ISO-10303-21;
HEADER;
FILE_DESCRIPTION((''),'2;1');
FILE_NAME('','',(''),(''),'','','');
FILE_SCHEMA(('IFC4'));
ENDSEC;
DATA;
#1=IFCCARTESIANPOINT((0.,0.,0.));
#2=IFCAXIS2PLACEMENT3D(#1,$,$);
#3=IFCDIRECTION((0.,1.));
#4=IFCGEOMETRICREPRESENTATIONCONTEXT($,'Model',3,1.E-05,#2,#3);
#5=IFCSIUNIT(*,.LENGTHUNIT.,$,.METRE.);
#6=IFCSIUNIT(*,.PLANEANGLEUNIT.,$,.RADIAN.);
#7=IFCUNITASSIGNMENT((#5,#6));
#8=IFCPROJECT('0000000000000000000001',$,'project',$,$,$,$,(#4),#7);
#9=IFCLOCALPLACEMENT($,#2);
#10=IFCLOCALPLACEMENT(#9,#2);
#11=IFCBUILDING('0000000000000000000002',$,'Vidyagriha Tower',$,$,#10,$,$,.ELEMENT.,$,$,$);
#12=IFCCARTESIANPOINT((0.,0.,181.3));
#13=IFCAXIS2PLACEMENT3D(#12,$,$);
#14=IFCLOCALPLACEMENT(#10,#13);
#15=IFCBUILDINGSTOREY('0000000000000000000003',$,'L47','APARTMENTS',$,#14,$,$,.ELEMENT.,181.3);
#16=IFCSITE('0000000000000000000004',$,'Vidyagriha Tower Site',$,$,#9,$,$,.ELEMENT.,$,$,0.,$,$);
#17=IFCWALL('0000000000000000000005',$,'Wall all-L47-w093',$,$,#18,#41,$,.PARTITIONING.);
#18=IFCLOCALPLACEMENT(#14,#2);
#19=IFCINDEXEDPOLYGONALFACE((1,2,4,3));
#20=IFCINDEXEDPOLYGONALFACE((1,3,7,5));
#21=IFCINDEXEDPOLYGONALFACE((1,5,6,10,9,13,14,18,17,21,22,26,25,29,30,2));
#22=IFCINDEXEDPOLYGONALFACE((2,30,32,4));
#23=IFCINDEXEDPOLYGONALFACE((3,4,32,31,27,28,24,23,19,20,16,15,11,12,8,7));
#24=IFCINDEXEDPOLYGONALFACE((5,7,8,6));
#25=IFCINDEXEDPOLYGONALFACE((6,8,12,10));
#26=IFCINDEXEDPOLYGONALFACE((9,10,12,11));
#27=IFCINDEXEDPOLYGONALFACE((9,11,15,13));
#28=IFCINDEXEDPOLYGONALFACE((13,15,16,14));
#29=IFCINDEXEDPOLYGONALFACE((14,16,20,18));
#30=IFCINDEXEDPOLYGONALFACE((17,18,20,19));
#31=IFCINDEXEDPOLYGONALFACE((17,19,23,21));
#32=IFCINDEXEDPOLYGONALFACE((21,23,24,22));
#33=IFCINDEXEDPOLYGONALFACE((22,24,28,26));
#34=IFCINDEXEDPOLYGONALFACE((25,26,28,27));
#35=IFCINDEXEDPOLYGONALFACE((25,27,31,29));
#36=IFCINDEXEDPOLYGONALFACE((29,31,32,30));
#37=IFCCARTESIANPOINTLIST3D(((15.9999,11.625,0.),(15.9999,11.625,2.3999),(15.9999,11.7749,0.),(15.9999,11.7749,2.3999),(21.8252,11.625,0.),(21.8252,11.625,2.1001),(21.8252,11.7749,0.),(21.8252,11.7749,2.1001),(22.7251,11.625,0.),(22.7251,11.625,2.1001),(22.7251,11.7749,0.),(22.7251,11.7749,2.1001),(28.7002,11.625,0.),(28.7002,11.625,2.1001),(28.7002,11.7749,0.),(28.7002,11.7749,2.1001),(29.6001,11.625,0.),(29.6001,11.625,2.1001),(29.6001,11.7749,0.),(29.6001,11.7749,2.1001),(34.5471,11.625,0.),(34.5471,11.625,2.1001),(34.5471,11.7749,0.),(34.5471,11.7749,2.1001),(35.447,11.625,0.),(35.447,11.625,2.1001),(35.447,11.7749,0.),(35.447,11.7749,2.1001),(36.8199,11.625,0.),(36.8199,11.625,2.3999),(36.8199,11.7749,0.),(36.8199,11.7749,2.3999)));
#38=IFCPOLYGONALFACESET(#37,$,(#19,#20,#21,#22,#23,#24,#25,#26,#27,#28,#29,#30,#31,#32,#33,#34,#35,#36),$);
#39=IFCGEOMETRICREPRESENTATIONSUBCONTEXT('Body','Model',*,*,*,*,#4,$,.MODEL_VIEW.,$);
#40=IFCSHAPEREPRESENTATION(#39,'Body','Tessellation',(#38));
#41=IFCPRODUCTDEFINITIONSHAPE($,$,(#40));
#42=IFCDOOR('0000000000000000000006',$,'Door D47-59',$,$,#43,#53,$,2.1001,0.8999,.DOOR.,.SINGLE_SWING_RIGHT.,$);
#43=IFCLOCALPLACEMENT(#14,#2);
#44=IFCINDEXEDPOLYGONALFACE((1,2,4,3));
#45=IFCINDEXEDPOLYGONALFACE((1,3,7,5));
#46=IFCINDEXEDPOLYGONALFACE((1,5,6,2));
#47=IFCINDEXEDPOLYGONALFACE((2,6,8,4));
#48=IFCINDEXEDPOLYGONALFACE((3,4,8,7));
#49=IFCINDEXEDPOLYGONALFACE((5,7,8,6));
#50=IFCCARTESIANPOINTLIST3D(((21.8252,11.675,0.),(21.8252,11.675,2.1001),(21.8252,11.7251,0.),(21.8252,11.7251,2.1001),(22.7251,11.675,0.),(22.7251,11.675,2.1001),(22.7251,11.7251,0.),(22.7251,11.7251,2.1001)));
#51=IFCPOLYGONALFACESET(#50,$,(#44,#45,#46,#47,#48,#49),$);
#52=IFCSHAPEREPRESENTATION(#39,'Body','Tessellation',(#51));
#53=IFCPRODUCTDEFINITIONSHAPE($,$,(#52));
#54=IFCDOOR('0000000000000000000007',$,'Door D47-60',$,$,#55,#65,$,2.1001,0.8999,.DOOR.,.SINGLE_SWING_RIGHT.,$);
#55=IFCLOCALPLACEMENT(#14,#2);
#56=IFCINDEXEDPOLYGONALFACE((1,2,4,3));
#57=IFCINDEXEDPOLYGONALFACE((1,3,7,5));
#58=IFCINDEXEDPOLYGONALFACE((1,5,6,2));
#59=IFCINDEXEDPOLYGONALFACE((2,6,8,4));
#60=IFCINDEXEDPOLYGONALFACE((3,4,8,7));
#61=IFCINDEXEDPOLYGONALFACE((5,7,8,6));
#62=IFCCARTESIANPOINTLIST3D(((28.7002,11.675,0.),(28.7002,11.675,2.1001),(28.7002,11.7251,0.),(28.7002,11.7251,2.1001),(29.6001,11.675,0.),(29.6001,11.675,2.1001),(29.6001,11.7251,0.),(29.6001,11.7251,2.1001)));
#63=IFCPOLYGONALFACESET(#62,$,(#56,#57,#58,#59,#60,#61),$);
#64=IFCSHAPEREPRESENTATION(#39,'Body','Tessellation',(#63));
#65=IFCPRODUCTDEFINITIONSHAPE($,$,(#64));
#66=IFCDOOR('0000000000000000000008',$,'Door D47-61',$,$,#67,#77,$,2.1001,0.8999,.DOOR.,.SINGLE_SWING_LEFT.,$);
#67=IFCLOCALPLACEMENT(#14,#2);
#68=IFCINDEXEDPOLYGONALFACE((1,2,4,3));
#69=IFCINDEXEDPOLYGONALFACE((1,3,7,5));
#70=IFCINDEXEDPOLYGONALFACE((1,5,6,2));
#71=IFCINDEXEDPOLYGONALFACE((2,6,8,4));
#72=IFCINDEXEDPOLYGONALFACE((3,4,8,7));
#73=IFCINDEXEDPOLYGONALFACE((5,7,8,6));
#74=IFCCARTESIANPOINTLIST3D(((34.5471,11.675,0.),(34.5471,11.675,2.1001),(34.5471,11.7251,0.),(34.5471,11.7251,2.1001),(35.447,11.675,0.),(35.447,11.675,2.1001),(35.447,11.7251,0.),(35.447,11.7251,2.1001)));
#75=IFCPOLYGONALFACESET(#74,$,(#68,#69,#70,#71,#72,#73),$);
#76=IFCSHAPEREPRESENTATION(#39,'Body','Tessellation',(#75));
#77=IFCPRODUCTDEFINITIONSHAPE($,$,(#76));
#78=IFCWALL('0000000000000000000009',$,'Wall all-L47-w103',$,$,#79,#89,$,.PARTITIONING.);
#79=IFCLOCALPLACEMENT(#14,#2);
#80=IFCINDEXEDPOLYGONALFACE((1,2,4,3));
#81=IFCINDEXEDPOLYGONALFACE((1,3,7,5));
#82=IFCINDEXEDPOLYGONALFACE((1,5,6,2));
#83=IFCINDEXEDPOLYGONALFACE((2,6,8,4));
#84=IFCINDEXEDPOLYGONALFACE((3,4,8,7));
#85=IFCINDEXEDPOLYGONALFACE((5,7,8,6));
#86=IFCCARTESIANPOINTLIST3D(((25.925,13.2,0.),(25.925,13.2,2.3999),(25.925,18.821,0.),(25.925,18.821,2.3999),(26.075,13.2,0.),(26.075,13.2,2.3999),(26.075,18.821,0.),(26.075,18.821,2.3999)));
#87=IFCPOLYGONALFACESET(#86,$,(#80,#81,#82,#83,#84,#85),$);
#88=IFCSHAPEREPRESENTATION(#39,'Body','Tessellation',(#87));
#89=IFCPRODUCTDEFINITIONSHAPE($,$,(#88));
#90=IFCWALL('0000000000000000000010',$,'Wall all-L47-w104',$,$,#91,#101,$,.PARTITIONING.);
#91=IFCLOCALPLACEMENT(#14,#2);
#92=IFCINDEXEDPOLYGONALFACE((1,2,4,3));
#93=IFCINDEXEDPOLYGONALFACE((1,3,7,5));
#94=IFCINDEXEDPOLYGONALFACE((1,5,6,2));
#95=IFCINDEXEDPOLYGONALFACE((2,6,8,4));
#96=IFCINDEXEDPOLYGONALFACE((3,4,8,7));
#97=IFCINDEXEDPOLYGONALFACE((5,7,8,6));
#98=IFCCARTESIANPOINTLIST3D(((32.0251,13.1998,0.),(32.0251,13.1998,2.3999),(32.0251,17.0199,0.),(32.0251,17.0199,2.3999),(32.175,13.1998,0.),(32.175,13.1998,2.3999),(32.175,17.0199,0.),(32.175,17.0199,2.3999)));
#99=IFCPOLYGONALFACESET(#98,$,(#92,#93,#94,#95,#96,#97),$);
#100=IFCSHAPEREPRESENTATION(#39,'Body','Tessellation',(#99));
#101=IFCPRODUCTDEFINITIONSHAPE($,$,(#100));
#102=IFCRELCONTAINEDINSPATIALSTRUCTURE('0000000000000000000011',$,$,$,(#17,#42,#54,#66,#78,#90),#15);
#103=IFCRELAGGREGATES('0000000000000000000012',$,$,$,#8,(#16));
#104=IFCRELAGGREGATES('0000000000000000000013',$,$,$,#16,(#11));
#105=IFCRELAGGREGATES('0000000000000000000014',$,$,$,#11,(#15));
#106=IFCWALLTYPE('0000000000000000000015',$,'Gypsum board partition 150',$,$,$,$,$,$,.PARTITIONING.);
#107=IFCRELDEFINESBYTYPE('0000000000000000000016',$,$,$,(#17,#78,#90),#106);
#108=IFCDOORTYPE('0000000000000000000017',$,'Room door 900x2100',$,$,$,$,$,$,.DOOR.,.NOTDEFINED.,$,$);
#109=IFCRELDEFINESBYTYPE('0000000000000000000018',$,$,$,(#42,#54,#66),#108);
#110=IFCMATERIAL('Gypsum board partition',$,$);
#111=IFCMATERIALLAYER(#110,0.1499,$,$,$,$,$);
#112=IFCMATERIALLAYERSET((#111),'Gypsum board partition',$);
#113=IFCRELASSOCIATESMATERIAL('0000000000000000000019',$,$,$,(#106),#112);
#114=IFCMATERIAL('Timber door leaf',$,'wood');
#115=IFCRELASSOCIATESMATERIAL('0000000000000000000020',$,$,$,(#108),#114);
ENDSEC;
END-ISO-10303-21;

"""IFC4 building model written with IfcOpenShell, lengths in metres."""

from ifc_helpers import new_model, si_unit, direction, frame, frame_2d, origin, place, context, subcontext, project, spatial, rectangle, extrude, material, layer, layer_set, type_object, element, fill, save


model = new_model("IFC4")

# Units and contexts
model_context = context("Model", 3, precision=1e-05, world=origin(), true_north=direction((0.0, 1.0)))
body_context = subcontext(model_context, "Body", "Model", "MODEL_VIEW")
ifc_project = project(units=[si_unit("LENGTHUNIT", "METRE"), si_unit("PLANEANGLEUNIT", "RADIAN")], contexts=[model_context])

# Site, building, storey
site_placement = place(None, origin())
site = spatial("IfcSite", under=ifc_project, at=site_placement, Name="Vidyagriha Tower Site", CompositionType="ELEMENT", RefElevation=0.0)
building_placement = place(site_placement, origin())
building = spatial("IfcBuilding", under=site, at=building_placement, Name="Vidyagriha Tower", CompositionType="ELEMENT")
storey_placement = place(building_placement, frame((0.0, 0.0, 181.3)))
storey = spatial("IfcBuildingStorey", under=building, at=storey_placement, Name="L47", Description="APARTMENTS", CompositionType="ELEMENT", Elevation=181.3)

# Shared definitions
ifc_material_1 = material(Name="Gypsum board partition")
ifc_layer_1 = layer(ifc_material_1, 0.1499)
ifc_layer_set_1 = layer_set([ifc_layer_1], Name="Gypsum board partition")
wall_type_1 = type_object("IfcWallType", Name="Gypsum board partition 150", PredefinedType="PARTITIONING", material=ifc_layer_set_1)

# Wall, openings, doors
wall_1_placement = place(storey_placement, frame((36.8201, 11.7, 0.0), z_axis=(0.0, 0.0, 1.0), x_axis=(-1.0, 0.0, 0.0)))
wall_1 = element("IfcWall", 1, at=wall_1_placement, inside=storey, type_object=wall_type_1, Name="Wall all-L47-w093", PredefinedType="PARTITIONING", context=body_context, shape_type="SweptSolid", body=[
    extrude(rectangle(XDim=20.8201, YDim=0.1499, at=frame_2d((10.4102, 0.0))), origin(), (0.0, 0.0, 1.0), 2.3999),
])
opening_1_placement = place(wall_1_placement, frame((14.095, 0.0, 0.0)))
opening_1 = element("IfcOpeningElement", 2, at=opening_1_placement, cuts=wall_1, PredefinedType="OPENING", context=body_context, shape_type="SweptSolid", body=[
    extrude(rectangle(XDim=0.8999, YDim=2.1001, at=frame_2d((0.45, 1.05))), frame((0.0, 0.085, 0.0), z_axis=(0.0, -1.0, 0.0), x_axis=(1.0, 0.0, 0.0)), (0.0, 0.0, 1.0), 0.1699),
])
opening_2_placement = place(wall_1_placement, frame((7.22, 0.0, 0.0)))
opening_2 = element("IfcOpeningElement", 3, at=opening_2_placement, cuts=wall_1, PredefinedType="OPENING", context=body_context, shape_type="SweptSolid", body=[
    extrude(rectangle(XDim=0.8999, YDim=2.1001, at=frame_2d((0.45, 1.05))), frame((0.0, 0.085, 0.0), z_axis=(0.0, -1.0, 0.0), x_axis=(1.0, 0.0, 0.0)), (0.0, 0.0, 1.0), 0.1699),
])
opening_3_placement = place(wall_1_placement, frame((1.373, 0.0, 0.0)))
opening_3 = element("IfcOpeningElement", 4, at=opening_3_placement, cuts=wall_1, PredefinedType="OPENING", context=body_context, shape_type="SweptSolid", body=[
    extrude(rectangle(XDim=0.8999, YDim=2.1001, at=frame_2d((0.45, 1.05))), frame((0.0, 0.085, 0.0), z_axis=(0.0, -1.0, 0.0), x_axis=(1.0, 0.0, 0.0)), (0.0, 0.0, 1.0), 0.1699),
])
ifc_material_2 = material(Name="Timber door leaf", Category="wood")
door_type = type_object("IfcDoorType", Name="Room door 900x2100", OperationType="NOTDEFINED", PredefinedType="DOOR", material=ifc_material_2)
door_1_placement = place(opening_1_placement, origin())
door_1 = element("IfcDoor", 5, at=door_1_placement, inside=storey, type_object=door_type, Name="Door D47-59", OperationType="SINGLE_SWING_RIGHT", OverallHeight=2.1001, OverallWidth=0.8999, PredefinedType="DOOR", context=body_context, shape_type="SweptSolid", body=[
    extrude(rectangle(XDim=0.8999, YDim=2.1001, at=frame_2d((0.45, 1.05))), frame((0.0, 0.0249, 0.0), z_axis=(0.0, -1.0, 0.0), x_axis=(1.0, 0.0, 0.0)), (0.0, 0.0, 1.0), 0.05),
])
fill(opening_1, door_1)
door_2_placement = place(opening_2_placement, origin())
door_2 = element("IfcDoor", 6, at=door_2_placement, inside=storey, type_object=door_type, Name="Door D47-60", OperationType="SINGLE_SWING_RIGHT", OverallHeight=2.1001, OverallWidth=0.8999, PredefinedType="DOOR", context=body_context, shape_type="SweptSolid", body=[
    extrude(rectangle(XDim=0.8999, YDim=2.1001, at=frame_2d((0.45, 1.05))), frame((0.0, 0.0249, 0.0), z_axis=(0.0, -1.0, 0.0), x_axis=(1.0, 0.0, 0.0)), (0.0, 0.0, 1.0), 0.05),
])
fill(opening_2, door_2)
door_3_placement = place(opening_3_placement, origin())
door_3 = element("IfcDoor", 7, at=door_3_placement, inside=storey, type_object=door_type, Name="Door D47-61", OperationType="SINGLE_SWING_LEFT", OverallHeight=2.1001, OverallWidth=0.8999, PredefinedType="DOOR", context=body_context, shape_type="SweptSolid", body=[
    extrude(rectangle(XDim=0.8999, YDim=2.1001, at=frame_2d((0.45, 1.05))), frame((0.0, 0.0249, 0.0), z_axis=(0.0, -1.0, 0.0), x_axis=(1.0, 0.0, 0.0)), (0.0, 0.0, 1.0), 0.05),
])
fill(opening_3, door_3)

# Walls
wall_2_placement = place(storey_placement, frame((26.0, 18.821, 0.0), z_axis=(0.0, 0.0, 1.0), x_axis=(0.0, -1.0, 0.0)))
element("IfcWall", 8, at=wall_2_placement, inside=storey, type_object=wall_type_1, Name="Wall all-L47-w103", PredefinedType="PARTITIONING", context=body_context, shape_type="SweptSolid", body=[
    extrude(rectangle(XDim=5.6211, YDim=0.1499, at=frame_2d((2.8105, 0.0))), origin(), (0.0, 0.0, 1.0), 2.3999),
])
wall_3_placement = place(storey_placement, frame((32.1001, 17.02, 0.0), z_axis=(0.0, 0.0, 1.0), x_axis=(0.0, -1.0, 0.0)))
element("IfcWall", 9, at=wall_3_placement, inside=storey, type_object=wall_type_1, Name="Wall all-L47-w104", PredefinedType="PARTITIONING", context=body_context, shape_type="SweptSolid", body=[
    extrude(rectangle(XDim=3.8201, YDim=0.1499, at=frame_2d((1.9102, 0.0))), origin(), (0.0, 0.0, 1.0), 2.3999),
])

save(model, "model.ifc")
